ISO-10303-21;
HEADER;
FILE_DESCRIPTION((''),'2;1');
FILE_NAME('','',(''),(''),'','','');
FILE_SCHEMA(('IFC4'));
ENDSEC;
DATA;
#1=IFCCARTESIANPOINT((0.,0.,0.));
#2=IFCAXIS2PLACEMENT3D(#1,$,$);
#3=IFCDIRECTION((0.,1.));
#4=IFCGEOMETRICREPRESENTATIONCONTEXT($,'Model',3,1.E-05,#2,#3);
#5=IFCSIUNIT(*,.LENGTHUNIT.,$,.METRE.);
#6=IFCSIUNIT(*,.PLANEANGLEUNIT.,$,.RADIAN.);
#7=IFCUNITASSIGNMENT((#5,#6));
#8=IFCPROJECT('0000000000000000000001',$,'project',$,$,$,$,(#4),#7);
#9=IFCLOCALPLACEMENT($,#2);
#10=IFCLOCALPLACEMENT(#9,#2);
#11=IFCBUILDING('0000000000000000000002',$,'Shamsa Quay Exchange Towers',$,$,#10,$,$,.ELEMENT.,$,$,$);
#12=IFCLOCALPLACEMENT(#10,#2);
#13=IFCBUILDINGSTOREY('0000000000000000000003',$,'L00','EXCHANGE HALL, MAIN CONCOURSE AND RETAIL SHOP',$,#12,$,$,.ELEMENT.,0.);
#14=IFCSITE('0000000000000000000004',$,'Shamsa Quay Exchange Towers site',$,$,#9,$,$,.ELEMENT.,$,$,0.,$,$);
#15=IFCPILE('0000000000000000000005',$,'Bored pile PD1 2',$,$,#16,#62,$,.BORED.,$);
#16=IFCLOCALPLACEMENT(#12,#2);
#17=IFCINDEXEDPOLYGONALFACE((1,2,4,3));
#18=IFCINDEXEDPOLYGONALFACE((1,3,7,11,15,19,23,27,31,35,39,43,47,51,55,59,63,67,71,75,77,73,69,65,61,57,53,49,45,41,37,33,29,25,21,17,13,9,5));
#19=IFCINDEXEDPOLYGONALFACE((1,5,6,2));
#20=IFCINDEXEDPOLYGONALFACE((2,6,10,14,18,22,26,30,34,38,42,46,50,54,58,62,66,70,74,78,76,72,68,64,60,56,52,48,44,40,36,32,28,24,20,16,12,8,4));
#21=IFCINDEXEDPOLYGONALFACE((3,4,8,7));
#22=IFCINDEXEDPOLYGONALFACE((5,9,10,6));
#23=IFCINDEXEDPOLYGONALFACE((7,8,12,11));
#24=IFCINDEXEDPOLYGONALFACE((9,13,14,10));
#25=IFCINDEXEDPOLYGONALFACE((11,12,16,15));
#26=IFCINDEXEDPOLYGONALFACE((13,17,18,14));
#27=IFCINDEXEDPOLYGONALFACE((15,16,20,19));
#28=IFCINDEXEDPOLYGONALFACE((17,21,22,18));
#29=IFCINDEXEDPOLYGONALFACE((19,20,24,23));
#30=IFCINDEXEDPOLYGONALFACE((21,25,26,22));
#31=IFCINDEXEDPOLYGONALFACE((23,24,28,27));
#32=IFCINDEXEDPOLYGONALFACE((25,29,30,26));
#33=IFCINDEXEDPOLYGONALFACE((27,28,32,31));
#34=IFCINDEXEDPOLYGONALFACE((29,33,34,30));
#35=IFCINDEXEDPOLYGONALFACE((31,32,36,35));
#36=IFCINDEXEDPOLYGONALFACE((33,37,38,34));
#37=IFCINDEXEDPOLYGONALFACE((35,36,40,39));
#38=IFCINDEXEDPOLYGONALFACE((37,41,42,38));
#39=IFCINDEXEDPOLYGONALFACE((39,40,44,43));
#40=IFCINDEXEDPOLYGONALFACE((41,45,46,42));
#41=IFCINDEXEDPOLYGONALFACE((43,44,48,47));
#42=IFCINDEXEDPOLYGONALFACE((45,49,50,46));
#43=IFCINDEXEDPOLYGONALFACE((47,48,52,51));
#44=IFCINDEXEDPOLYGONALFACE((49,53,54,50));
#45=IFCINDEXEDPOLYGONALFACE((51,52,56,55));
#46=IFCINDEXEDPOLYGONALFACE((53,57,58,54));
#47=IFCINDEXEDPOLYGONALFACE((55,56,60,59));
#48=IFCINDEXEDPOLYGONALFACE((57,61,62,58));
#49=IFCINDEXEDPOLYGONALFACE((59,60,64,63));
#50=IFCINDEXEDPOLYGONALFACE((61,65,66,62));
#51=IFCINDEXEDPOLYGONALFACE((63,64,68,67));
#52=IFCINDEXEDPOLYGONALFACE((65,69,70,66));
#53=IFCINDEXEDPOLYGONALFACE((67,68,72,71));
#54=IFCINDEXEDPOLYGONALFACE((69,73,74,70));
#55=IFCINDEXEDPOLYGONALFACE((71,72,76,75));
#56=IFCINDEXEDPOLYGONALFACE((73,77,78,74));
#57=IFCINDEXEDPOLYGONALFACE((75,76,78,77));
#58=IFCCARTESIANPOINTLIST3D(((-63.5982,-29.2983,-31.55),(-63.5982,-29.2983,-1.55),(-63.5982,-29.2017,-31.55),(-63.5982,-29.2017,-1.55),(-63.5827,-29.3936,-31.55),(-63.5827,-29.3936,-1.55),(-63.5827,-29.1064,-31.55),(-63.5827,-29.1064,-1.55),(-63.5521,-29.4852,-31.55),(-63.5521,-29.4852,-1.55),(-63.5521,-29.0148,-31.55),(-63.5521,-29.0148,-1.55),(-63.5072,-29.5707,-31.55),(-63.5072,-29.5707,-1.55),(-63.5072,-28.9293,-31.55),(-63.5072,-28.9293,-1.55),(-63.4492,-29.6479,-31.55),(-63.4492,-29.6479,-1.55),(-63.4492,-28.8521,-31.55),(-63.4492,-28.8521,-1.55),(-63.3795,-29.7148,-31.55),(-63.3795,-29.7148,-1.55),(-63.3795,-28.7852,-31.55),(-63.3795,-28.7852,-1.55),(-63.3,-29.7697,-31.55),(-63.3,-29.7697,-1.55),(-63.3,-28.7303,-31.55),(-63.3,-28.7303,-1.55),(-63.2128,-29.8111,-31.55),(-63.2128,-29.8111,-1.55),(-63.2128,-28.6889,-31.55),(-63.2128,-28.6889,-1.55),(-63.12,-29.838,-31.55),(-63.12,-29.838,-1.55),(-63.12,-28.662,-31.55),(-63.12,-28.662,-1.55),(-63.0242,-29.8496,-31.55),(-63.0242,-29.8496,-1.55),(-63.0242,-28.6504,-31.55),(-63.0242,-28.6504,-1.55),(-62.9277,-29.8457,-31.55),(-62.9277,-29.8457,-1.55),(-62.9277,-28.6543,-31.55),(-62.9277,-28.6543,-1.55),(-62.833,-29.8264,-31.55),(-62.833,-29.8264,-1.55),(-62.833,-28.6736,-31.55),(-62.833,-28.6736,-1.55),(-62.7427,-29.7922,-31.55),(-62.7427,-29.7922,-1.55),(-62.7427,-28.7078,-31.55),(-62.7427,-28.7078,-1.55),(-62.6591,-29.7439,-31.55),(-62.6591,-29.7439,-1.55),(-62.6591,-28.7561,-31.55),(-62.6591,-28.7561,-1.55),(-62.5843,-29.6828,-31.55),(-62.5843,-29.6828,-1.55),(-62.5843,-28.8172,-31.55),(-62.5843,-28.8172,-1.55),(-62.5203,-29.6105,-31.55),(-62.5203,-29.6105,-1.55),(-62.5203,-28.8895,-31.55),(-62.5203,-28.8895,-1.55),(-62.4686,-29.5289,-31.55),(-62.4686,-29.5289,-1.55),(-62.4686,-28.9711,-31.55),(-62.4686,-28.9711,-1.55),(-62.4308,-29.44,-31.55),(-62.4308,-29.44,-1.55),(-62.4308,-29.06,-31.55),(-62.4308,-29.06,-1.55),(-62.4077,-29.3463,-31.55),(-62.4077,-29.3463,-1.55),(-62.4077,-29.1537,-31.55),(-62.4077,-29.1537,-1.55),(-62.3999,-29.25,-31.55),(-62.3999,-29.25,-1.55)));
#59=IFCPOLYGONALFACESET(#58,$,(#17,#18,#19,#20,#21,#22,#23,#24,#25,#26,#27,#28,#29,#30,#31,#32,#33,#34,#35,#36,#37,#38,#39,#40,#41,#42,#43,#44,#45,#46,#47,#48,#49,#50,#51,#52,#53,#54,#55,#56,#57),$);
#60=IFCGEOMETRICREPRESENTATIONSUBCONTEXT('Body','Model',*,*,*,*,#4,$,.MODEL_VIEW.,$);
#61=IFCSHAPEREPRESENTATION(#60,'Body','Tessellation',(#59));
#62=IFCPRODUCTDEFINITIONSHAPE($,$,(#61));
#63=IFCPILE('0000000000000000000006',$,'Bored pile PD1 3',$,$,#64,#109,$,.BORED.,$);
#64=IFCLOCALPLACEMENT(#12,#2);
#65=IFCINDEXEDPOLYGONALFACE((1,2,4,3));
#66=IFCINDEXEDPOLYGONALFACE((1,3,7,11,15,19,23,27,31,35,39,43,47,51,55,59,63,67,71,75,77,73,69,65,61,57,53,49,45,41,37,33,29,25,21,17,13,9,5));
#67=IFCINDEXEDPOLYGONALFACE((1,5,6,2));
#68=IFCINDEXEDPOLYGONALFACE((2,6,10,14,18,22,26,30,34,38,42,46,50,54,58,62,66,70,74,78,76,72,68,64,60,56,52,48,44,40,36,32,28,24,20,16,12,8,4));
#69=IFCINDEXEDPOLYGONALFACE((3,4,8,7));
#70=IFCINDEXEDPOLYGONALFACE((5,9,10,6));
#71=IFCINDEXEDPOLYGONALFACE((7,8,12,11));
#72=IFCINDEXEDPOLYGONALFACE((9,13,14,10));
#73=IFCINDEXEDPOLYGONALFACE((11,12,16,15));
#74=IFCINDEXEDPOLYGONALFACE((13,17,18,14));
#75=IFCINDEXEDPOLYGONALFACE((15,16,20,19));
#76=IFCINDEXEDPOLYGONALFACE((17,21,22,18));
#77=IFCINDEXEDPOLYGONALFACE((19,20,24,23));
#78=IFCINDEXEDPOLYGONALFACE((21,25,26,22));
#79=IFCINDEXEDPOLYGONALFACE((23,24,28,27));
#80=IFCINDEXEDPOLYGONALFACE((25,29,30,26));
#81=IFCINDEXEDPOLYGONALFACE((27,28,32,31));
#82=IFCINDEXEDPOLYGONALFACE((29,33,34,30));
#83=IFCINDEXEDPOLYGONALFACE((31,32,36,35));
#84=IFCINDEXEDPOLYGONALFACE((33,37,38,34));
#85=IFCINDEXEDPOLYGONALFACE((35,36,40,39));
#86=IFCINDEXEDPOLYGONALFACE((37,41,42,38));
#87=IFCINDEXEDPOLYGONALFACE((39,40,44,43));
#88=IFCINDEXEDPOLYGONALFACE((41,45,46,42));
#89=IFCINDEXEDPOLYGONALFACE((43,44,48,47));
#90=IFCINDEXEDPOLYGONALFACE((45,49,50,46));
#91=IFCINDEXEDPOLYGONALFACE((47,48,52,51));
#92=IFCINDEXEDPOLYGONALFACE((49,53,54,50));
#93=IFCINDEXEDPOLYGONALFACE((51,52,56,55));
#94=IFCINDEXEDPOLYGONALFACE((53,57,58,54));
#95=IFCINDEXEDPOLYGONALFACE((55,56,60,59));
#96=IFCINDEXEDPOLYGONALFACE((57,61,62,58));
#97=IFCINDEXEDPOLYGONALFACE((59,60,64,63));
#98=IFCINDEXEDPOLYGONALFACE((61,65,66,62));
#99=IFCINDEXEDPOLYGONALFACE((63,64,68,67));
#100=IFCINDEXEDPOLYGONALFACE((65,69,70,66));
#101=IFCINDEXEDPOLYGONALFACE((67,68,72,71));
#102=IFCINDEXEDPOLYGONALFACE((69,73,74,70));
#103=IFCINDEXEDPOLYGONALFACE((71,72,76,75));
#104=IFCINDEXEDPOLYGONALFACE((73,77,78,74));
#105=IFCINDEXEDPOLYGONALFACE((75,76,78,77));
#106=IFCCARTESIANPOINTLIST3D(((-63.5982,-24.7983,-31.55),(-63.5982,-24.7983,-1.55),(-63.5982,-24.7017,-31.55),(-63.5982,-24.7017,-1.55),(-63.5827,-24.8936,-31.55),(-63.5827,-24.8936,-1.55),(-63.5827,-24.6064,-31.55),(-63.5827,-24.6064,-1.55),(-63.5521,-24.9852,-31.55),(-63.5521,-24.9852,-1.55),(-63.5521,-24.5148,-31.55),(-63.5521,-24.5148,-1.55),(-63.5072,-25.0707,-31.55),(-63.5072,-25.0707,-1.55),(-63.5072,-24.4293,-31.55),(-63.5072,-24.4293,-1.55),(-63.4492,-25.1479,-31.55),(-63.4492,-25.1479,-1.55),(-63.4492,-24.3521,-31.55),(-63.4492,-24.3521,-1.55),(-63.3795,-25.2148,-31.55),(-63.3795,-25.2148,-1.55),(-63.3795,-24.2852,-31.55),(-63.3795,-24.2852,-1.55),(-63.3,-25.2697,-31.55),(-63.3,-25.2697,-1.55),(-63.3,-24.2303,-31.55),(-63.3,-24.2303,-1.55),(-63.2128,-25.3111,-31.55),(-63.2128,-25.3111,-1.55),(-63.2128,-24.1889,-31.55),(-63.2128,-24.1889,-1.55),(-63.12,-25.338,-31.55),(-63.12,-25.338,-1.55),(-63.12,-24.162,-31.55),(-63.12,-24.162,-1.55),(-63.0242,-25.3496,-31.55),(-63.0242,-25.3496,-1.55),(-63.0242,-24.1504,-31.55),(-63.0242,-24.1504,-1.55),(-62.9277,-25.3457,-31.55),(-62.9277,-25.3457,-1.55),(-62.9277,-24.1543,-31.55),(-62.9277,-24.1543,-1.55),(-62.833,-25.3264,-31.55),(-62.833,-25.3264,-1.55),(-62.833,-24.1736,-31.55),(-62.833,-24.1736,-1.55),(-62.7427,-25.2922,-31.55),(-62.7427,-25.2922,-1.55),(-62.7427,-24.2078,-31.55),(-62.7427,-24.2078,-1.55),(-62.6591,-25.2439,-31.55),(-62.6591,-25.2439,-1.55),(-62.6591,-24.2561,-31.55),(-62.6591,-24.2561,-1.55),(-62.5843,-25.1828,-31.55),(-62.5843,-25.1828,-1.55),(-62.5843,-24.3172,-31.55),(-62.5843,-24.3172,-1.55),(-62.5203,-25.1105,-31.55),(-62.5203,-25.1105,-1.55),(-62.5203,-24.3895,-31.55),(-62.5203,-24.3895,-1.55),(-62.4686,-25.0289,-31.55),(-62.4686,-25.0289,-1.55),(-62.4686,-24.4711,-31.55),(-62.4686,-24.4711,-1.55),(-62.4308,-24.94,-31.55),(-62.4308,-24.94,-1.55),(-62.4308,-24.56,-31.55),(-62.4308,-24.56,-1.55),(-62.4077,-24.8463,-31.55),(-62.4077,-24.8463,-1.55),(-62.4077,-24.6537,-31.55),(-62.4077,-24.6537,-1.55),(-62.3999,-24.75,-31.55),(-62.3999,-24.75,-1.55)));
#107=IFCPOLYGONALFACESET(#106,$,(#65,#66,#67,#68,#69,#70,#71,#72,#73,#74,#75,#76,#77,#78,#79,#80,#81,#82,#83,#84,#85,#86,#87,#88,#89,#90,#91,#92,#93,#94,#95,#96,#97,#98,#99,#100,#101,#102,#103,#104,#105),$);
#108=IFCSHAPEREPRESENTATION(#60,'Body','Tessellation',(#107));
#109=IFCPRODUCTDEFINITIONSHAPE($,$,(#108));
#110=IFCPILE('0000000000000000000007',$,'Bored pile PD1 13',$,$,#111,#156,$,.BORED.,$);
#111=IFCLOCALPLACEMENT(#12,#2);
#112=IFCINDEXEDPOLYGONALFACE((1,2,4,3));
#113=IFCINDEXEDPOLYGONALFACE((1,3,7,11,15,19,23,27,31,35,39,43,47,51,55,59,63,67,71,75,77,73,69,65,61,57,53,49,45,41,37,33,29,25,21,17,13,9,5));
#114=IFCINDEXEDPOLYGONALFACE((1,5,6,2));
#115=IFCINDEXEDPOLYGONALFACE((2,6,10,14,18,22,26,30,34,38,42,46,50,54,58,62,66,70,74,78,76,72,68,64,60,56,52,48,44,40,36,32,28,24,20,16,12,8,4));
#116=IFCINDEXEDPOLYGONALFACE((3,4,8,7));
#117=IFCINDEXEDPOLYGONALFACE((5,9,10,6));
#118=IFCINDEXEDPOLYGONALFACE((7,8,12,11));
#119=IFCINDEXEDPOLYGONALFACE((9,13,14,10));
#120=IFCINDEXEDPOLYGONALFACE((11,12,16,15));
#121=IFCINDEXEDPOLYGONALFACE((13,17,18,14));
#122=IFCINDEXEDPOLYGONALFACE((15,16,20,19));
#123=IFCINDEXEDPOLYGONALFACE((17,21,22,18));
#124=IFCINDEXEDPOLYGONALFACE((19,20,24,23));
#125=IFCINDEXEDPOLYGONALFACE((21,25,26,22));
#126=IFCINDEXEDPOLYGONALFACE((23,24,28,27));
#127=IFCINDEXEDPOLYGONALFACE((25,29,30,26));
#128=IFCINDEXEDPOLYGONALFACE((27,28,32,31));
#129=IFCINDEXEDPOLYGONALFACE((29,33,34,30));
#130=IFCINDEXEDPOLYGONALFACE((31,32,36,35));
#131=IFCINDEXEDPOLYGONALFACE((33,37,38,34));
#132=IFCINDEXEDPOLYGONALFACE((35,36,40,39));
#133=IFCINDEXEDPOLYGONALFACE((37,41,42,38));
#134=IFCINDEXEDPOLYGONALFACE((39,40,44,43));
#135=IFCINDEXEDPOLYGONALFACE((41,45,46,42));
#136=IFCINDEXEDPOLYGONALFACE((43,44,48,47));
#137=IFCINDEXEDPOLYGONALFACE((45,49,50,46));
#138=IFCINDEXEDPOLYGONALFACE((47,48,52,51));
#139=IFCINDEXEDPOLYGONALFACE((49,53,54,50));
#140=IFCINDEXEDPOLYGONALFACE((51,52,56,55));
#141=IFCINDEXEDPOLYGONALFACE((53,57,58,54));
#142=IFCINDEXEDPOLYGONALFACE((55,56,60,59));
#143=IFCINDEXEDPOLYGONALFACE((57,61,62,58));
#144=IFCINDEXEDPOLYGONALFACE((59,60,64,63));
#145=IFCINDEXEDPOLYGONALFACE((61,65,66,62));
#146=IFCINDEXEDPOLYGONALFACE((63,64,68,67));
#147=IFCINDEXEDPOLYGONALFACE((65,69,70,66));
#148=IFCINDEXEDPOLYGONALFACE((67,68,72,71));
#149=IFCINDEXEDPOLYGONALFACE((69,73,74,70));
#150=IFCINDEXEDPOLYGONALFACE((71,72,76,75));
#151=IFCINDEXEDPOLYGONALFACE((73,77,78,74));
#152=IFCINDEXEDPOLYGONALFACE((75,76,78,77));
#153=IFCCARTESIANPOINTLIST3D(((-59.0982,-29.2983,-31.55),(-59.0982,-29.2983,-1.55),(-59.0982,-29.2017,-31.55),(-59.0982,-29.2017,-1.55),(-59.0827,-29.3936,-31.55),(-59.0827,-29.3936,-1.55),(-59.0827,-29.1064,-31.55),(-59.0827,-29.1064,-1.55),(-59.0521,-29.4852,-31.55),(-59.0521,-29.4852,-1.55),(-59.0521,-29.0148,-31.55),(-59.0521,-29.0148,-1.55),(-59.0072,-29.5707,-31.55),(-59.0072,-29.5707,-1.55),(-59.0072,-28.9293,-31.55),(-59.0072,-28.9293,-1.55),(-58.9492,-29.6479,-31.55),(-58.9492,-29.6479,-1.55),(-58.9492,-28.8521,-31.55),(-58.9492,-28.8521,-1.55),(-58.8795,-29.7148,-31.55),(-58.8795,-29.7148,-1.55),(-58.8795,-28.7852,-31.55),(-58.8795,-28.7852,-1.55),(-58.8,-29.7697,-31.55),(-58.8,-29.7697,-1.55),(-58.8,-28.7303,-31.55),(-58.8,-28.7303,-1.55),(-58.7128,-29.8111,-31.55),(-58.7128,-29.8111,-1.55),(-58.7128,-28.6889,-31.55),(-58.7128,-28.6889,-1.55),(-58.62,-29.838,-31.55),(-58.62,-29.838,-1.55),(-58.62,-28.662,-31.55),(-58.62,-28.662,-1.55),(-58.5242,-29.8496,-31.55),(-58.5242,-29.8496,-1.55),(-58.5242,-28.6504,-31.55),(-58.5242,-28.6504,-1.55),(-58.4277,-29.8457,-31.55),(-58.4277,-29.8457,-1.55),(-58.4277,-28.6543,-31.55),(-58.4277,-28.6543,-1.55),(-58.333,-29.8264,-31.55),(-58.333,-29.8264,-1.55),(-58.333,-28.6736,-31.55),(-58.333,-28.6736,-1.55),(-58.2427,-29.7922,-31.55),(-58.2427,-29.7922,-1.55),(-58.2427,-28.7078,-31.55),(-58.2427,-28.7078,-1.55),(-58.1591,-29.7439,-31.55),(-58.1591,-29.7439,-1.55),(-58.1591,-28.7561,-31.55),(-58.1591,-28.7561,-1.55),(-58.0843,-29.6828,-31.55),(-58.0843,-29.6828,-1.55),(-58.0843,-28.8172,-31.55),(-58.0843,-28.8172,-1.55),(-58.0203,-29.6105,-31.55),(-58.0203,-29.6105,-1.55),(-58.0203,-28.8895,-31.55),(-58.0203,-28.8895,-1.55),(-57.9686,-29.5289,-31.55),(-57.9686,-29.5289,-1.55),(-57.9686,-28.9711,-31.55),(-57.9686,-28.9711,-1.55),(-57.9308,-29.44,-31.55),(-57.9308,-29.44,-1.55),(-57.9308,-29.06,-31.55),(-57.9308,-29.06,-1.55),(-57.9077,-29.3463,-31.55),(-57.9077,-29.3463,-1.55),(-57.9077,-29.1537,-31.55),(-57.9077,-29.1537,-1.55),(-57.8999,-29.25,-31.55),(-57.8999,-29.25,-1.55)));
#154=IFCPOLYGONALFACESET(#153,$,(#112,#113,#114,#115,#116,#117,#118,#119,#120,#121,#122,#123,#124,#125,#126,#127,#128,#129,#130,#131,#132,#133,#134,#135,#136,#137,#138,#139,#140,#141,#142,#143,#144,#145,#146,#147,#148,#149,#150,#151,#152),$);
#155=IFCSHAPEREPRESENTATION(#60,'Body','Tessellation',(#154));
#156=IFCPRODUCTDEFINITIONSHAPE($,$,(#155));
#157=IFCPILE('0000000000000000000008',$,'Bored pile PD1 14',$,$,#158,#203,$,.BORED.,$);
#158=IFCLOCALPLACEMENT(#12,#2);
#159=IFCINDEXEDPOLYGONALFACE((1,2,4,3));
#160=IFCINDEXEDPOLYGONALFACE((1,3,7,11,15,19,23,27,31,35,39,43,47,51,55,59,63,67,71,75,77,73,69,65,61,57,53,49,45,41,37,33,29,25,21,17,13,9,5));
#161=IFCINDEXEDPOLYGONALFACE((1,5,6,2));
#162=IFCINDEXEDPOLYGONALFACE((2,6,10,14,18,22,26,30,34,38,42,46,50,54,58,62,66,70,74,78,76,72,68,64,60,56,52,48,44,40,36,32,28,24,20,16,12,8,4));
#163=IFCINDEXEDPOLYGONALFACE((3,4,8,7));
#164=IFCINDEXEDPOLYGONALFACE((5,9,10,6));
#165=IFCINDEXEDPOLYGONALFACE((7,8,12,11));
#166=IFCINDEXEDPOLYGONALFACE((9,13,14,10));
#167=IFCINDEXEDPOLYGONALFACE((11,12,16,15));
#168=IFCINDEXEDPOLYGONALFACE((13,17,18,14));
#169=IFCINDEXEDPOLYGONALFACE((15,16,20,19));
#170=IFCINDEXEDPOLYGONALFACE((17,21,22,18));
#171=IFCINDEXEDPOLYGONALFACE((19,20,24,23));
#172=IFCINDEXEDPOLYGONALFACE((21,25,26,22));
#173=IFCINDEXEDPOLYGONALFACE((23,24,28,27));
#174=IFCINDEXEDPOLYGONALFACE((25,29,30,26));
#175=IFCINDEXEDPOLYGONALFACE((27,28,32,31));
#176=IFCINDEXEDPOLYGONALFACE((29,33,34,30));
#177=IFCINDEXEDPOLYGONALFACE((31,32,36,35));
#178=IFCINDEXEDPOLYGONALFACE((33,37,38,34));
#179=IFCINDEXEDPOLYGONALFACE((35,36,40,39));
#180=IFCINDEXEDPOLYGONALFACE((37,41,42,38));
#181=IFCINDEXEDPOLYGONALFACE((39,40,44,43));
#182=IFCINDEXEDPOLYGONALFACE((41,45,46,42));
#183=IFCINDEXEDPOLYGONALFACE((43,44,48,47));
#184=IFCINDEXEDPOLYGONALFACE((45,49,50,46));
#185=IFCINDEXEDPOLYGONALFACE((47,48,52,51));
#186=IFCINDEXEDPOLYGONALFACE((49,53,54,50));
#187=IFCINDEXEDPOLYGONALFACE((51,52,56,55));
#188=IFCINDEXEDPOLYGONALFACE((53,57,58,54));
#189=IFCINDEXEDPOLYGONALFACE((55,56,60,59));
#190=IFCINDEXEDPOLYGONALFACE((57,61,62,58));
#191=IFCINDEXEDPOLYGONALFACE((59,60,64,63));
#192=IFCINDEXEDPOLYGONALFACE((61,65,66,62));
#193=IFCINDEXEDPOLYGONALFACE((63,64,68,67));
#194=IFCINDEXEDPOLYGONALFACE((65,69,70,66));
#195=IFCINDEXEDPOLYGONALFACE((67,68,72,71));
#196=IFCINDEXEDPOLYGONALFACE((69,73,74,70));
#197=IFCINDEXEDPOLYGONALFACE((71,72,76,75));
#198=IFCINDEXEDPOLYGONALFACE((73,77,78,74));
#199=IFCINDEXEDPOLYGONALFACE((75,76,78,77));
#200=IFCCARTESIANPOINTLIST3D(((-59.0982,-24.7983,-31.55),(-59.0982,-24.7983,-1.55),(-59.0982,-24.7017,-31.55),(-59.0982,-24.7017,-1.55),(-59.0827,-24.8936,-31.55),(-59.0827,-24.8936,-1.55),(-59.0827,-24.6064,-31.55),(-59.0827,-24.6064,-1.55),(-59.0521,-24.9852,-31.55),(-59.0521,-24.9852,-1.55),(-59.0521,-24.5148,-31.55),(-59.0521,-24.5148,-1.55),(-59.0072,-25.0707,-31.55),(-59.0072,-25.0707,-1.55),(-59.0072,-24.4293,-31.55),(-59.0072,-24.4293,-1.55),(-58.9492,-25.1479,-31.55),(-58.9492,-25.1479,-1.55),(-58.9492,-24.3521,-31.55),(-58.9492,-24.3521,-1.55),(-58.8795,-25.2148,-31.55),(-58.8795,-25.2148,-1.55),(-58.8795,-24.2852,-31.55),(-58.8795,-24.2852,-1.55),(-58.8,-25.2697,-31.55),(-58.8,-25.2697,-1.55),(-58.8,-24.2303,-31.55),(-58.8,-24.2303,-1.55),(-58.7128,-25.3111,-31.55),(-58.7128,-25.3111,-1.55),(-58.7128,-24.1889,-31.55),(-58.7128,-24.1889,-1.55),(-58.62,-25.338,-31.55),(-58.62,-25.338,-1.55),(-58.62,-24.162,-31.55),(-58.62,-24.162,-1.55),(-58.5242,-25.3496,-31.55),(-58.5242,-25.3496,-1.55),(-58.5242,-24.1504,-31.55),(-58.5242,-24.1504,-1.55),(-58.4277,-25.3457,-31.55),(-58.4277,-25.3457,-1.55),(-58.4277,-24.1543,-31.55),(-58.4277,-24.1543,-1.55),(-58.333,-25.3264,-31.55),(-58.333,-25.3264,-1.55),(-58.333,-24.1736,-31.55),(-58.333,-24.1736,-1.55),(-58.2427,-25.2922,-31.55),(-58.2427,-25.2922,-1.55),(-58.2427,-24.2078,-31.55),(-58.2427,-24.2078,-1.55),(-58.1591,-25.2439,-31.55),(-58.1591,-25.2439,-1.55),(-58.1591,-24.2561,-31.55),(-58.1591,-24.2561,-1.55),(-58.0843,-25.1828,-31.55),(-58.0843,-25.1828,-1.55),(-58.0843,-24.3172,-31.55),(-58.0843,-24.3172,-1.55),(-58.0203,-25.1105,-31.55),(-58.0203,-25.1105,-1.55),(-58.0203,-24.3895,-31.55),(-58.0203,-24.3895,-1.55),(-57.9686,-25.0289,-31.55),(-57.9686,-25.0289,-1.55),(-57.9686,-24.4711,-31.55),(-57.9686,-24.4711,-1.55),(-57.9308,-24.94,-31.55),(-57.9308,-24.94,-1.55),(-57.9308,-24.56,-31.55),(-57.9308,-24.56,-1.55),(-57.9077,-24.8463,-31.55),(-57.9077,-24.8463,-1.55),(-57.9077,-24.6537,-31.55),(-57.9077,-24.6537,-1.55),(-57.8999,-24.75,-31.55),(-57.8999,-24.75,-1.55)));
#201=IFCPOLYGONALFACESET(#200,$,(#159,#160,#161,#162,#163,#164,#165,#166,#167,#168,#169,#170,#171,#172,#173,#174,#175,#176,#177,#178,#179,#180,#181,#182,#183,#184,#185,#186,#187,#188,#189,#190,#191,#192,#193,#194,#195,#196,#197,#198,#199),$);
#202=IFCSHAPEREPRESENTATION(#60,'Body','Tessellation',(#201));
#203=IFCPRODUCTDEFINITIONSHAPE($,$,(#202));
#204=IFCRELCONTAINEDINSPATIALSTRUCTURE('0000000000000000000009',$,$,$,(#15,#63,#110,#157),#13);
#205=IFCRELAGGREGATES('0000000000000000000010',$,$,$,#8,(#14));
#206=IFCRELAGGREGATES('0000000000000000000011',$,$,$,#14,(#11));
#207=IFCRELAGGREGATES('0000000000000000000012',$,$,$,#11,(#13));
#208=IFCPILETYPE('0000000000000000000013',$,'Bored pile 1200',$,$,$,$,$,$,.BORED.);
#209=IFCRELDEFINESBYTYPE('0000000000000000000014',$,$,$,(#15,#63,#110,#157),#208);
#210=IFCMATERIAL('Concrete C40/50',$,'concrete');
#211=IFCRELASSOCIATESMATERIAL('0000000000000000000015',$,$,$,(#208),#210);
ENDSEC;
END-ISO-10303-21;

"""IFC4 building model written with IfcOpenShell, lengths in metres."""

from ifc_helpers import new_model, si_unit, direction, frame, origin, origin_2d, place, context, subcontext, project, spatial, circle, extrude, material, material_profile, profile_set, type_object, element, save


model = new_model("IFC4")

# Units and contexts
model_context = context("Model", 3, precision=1e-05, world=origin(), true_north=direction((0.0, 1.0)))
body_context = subcontext(model_context, "Body", "Model", "MODEL_VIEW")
ifc_project = project(units=[si_unit("LENGTHUNIT", "METRE"), si_unit("PLANEANGLEUNIT", "RADIAN")], contexts=[model_context])

# Site, building, storey
site_placement = place(None, origin())
site = spatial("IfcSite", under=ifc_project, at=site_placement, Name="Shamsa Quay Exchange Towers site", CompositionType="ELEMENT", RefElevation=0.0)
building_placement = place(site_placement, origin())
building = spatial("IfcBuilding", under=site, at=building_placement, Name="Shamsa Quay Exchange Towers", CompositionType="ELEMENT")
storey_placement = place(building_placement, origin())
storey = spatial("IfcBuildingStorey", under=building, at=storey_placement, Name="L00", Description="EXCHANGE HALL, MAIN CONCOURSE AND RETAIL SHOP", CompositionType="ELEMENT", Elevation=0.0)

# Piles
ifc_material_1 = material(Name="Concrete C40/50", Category="concrete")
ifc_material_profile_1 = material_profile(ifc_material_1, circle(Radius=0.6001, at=origin_2d()), Name="BP1200")
ifc_profile_set_1 = profile_set([ifc_material_profile_1], Name="Concrete C40/50")
pile_type = type_object("IfcPileType", Name="Bored pile 1200", PredefinedType="BORED", material=ifc_profile_set_1)
for number, where, z_axis, x_axis, name in (
    (1, (-63.0, -29.25, -1.55), (0.0, 0.0, -1.0), (1.0, 0.0, 0.0), "Bored pile PD1 2"),
    (2, (-63.0, -24.75, -1.55), (0.0, 0.0, -1.0), (1.0, 0.0, 0.0), "Bored pile PD1 3"),
    (3, (-58.5, -29.25, -1.55), (0.0, 0.0, -1.0), (1.0, 0.0, 0.0), "Bored pile PD1 13"),
    (4, (-58.5, -24.75, -1.55), (0.0, 0.0, -1.0), (1.0, 0.0, 0.0), "Bored pile PD1 14"),
):
    element("IfcPile", number, at=place(storey_placement, frame(where, z_axis=z_axis, x_axis=x_axis)), inside=storey, type_object=pile_type, Name=name, PredefinedType="BORED", context=body_context, shape_type="SweptSolid", body=[
        extrude(circle(Radius=0.6001, at=origin_2d()), origin(), (0.0, 0.0, 1.0), 30.0),
    ])

save(model, "model.ifc")
